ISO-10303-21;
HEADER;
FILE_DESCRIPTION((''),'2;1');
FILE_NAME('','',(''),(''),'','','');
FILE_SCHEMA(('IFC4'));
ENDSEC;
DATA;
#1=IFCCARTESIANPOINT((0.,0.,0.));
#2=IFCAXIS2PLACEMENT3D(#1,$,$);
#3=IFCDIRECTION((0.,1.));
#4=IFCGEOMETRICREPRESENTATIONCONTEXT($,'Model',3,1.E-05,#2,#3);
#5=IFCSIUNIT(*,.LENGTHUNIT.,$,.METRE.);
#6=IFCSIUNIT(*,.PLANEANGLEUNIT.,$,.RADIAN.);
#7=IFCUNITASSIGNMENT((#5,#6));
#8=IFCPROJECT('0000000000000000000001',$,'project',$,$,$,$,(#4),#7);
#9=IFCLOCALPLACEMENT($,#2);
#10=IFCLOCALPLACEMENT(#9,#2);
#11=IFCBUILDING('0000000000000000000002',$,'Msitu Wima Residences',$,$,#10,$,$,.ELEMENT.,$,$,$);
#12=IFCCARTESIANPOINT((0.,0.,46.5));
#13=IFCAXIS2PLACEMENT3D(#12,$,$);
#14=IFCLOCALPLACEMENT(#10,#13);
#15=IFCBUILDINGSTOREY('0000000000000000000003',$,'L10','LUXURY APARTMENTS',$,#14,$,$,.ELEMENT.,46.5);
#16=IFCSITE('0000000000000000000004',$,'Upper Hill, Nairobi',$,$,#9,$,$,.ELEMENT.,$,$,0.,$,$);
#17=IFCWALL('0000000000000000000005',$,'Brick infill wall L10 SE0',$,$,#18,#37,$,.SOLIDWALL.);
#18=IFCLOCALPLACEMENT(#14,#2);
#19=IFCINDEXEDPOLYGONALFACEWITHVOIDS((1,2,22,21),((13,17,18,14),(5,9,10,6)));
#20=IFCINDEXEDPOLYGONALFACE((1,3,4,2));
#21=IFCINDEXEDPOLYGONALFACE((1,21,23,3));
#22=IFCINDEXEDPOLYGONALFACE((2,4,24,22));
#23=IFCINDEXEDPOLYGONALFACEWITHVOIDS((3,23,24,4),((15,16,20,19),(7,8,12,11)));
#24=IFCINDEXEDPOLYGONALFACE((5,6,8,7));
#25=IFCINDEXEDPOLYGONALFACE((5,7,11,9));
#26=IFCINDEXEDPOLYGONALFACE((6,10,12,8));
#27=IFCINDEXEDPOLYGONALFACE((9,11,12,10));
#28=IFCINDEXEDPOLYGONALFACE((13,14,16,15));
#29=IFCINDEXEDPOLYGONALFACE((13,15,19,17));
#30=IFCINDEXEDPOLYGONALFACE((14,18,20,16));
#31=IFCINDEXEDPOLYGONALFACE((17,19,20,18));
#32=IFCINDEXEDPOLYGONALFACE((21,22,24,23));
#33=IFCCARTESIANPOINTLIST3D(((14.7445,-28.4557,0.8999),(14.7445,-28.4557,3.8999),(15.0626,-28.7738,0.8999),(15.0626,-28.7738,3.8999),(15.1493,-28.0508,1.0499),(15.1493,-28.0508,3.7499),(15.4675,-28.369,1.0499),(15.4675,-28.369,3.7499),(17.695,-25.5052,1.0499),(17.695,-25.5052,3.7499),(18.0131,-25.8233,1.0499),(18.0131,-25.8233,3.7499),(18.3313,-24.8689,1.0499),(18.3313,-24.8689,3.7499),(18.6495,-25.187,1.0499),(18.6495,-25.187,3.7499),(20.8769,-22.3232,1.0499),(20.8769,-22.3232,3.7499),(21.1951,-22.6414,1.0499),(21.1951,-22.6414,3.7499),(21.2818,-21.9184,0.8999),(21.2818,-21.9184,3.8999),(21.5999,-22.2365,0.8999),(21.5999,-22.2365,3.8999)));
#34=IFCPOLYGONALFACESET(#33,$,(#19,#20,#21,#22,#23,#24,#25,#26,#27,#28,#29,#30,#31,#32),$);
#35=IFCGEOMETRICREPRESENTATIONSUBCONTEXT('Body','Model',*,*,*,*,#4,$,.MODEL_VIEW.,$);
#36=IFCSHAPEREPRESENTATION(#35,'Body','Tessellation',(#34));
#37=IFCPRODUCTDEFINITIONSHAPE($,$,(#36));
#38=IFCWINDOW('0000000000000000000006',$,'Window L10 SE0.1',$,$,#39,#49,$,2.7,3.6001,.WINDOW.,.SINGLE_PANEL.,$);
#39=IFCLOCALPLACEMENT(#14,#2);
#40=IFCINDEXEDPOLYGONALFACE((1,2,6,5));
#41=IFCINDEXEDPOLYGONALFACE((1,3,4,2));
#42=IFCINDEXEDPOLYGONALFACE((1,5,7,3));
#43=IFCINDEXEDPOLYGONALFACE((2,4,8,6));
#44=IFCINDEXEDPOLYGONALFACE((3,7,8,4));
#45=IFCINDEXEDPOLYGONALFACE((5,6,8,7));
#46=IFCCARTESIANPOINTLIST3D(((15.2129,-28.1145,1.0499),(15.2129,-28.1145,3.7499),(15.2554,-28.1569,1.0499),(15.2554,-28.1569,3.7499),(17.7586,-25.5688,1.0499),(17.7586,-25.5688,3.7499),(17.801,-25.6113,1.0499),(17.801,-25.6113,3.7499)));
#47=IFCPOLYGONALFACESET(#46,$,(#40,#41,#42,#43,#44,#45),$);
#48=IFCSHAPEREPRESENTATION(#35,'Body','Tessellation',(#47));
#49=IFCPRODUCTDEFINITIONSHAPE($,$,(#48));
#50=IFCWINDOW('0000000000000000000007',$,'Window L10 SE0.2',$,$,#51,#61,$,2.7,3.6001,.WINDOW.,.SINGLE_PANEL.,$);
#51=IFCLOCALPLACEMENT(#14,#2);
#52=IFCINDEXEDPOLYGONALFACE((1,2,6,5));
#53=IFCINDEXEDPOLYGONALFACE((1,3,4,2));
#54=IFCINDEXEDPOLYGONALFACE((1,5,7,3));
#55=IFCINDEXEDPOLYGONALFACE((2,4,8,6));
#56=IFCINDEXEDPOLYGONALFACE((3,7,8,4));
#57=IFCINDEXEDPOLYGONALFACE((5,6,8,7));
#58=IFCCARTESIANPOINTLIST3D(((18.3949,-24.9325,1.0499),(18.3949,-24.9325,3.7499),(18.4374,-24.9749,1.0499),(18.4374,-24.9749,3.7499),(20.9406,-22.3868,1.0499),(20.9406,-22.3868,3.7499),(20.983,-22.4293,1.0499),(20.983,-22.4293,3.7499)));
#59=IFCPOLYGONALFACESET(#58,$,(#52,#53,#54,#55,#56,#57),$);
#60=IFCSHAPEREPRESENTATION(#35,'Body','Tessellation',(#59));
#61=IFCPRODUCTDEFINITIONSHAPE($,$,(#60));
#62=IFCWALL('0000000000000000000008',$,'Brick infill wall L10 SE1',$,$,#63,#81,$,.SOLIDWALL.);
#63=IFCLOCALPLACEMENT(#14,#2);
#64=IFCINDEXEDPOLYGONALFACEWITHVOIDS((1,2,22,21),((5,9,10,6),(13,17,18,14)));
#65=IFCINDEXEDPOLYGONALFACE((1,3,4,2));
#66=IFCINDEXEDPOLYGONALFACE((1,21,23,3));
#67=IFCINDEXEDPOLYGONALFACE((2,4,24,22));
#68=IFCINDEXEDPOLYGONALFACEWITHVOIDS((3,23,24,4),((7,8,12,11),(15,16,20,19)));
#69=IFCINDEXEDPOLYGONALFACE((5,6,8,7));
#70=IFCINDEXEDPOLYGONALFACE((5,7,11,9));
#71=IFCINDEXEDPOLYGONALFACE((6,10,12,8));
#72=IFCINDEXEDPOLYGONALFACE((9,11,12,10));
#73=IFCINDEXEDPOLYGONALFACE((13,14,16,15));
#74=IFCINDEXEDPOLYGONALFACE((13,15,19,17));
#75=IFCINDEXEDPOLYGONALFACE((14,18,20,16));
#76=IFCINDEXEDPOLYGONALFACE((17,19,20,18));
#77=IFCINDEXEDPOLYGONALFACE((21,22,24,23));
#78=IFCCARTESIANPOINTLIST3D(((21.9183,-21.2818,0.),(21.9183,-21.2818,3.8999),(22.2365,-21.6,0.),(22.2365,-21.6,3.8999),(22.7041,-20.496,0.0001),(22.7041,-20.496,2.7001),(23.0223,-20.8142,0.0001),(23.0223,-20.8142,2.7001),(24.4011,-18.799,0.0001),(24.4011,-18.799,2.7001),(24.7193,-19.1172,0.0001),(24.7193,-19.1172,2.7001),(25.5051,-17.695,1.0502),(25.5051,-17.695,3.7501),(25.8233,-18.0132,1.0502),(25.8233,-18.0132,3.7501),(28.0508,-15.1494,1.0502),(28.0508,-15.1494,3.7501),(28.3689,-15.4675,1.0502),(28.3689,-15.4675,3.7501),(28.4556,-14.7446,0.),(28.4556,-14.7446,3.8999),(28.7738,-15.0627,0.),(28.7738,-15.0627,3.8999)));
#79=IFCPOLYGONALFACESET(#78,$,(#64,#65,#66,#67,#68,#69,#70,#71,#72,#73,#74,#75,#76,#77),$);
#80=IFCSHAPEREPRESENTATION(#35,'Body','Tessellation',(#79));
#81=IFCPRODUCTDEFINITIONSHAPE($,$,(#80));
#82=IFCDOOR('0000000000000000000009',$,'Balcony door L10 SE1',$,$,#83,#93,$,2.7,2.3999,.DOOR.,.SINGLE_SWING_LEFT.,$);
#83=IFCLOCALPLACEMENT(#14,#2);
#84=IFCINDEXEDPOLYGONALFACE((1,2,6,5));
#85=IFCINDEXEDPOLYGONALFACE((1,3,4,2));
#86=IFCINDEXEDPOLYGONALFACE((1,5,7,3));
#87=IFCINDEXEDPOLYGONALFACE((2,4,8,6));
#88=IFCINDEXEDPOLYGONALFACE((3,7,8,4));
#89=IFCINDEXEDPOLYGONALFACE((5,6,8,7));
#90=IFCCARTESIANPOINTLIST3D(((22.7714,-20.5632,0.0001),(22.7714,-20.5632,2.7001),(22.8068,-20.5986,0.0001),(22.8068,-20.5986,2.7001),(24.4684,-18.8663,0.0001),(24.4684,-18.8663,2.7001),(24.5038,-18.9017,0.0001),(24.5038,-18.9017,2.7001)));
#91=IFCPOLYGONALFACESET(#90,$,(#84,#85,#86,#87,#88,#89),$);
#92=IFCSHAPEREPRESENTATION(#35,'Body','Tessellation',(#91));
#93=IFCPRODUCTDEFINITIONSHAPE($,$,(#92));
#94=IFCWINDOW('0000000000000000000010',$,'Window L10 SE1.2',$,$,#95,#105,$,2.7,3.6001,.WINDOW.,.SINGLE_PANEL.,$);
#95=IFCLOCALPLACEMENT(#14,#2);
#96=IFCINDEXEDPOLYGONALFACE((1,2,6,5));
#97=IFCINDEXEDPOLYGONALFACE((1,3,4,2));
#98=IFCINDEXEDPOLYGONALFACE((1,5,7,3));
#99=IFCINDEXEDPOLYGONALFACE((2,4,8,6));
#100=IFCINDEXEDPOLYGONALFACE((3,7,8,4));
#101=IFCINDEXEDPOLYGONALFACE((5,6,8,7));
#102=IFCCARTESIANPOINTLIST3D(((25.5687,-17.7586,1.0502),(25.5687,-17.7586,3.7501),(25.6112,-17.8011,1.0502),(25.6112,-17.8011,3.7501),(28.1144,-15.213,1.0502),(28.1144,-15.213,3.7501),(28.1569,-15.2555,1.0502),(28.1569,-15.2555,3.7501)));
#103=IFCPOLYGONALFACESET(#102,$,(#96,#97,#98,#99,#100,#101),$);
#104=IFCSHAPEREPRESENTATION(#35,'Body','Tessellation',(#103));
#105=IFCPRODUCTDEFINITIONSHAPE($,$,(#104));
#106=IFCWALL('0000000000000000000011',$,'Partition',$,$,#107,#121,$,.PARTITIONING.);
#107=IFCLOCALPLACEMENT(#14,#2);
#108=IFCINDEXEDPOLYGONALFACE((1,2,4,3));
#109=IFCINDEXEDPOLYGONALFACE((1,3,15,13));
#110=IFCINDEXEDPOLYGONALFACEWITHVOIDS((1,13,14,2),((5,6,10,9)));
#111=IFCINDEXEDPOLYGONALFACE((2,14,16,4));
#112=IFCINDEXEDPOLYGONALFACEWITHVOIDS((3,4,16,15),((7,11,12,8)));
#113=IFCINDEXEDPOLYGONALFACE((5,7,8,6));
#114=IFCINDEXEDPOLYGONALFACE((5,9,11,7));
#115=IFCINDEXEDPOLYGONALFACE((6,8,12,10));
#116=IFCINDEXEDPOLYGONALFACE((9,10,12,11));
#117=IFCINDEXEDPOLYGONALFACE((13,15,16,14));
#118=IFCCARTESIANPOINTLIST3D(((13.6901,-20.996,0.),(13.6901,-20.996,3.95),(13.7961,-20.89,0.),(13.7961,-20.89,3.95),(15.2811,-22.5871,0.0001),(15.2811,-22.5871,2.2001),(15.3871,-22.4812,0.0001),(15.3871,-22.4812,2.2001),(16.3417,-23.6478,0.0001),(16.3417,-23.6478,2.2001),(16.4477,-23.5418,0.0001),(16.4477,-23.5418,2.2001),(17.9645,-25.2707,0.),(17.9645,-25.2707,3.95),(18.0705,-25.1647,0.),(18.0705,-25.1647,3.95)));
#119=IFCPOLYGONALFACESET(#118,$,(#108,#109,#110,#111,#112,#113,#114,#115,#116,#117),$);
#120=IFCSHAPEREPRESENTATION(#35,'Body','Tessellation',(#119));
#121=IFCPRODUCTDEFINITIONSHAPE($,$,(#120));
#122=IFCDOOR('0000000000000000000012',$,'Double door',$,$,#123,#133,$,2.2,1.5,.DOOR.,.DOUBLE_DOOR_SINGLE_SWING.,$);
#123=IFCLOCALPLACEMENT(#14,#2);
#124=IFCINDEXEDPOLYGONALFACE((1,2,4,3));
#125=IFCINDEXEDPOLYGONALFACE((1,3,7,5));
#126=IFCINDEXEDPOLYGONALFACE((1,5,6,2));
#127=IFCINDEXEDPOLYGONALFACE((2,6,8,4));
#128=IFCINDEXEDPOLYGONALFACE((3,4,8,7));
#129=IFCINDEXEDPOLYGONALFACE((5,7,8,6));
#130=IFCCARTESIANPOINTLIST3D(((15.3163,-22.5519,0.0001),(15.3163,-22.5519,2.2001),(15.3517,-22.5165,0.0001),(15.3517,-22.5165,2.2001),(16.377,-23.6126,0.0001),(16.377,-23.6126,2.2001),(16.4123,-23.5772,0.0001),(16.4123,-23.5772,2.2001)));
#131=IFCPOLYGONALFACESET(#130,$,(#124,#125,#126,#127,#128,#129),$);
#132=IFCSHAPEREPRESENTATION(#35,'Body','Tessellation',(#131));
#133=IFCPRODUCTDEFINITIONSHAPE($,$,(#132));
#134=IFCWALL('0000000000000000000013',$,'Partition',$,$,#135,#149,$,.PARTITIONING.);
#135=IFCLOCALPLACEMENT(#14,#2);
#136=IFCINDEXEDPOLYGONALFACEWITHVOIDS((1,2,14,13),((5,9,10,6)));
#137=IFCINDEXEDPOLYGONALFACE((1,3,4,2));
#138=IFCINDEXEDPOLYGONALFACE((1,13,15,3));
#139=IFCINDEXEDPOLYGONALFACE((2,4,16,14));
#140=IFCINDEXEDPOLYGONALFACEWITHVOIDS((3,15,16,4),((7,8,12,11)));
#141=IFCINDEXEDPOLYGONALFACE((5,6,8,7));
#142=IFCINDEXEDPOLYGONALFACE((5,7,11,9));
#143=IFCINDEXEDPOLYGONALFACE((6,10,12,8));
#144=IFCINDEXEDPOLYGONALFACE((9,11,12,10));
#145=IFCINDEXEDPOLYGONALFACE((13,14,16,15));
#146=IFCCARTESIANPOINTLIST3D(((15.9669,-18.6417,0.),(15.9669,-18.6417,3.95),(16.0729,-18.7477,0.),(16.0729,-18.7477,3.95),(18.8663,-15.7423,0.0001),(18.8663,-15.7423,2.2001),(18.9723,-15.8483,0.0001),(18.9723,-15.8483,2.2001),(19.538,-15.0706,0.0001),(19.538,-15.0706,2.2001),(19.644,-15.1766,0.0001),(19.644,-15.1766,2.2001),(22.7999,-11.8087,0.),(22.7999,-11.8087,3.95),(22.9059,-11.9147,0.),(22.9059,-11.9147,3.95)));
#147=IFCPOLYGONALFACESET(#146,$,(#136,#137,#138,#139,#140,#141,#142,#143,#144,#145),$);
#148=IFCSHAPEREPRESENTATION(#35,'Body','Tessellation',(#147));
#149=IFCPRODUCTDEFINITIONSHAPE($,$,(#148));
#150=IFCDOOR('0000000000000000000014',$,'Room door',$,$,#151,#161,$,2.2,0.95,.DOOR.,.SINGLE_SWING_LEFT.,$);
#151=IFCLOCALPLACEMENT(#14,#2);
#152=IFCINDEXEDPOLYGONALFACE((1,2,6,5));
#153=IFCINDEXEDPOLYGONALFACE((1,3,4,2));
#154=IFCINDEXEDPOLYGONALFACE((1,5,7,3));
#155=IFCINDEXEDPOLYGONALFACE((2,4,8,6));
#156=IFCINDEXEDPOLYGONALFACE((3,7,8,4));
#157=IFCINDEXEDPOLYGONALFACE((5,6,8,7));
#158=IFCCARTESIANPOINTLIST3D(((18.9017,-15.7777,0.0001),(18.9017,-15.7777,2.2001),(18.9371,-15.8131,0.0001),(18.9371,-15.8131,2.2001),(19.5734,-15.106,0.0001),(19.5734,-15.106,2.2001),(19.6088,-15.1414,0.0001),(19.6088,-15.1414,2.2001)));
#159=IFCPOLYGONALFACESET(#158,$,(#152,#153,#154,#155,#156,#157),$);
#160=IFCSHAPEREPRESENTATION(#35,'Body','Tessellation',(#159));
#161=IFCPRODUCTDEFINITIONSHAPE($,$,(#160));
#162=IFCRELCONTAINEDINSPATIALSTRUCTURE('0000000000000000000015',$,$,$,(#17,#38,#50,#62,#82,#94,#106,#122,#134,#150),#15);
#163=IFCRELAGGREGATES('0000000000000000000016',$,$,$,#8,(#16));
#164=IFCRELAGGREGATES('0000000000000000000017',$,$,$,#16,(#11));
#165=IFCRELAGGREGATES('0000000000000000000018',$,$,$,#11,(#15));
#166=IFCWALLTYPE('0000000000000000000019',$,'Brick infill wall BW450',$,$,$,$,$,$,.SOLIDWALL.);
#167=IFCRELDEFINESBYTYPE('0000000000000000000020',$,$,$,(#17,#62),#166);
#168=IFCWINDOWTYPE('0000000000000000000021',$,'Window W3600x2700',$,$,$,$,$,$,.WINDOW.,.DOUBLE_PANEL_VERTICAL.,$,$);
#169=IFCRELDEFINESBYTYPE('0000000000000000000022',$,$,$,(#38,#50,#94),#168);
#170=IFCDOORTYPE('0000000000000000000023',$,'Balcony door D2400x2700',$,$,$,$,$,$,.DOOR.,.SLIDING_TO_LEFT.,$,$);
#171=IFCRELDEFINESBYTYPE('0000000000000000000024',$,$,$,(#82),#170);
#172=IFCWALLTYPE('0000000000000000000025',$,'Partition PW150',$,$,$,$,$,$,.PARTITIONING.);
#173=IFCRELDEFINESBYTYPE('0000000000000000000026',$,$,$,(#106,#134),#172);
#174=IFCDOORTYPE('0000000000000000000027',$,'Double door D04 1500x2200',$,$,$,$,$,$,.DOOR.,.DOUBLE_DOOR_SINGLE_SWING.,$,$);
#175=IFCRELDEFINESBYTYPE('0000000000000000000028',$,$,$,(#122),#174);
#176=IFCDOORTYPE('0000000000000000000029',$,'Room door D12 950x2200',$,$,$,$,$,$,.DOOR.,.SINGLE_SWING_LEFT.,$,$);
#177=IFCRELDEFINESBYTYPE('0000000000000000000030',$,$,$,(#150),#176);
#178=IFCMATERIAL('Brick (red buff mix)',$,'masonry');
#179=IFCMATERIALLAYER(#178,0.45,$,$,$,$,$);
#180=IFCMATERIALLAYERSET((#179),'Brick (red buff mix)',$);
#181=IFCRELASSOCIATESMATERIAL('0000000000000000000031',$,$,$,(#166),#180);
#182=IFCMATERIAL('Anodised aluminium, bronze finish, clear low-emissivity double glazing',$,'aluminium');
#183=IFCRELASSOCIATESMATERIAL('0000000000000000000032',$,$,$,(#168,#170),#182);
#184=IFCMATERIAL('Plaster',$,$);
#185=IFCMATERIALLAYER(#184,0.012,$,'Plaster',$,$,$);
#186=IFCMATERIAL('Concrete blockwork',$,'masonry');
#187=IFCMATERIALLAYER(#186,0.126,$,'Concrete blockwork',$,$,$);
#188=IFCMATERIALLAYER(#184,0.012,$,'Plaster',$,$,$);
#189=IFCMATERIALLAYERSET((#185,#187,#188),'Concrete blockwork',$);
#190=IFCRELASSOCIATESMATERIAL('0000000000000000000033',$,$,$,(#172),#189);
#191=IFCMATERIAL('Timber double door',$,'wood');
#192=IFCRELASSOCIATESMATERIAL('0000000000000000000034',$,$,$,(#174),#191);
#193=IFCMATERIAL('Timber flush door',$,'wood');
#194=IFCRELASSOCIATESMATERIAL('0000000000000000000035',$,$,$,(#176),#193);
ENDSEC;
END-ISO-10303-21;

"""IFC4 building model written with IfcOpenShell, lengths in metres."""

from ifc_helpers import new_model, si_unit, direction, frame, frame_2d, origin, place, context, subcontext, project, spatial, rectangle, extrude, material, layer, layer_set, type_object, element, fill, save


model = new_model("IFC4")

# Units and contexts
model_context = context("Model", 3, precision=1e-05, world=origin(), true_north=direction((0.0, 1.0)))
body_context = subcontext(model_context, "Body", "Model", "MODEL_VIEW")
ifc_project = project(units=[si_unit("LENGTHUNIT", "METRE"), si_unit("PLANEANGLEUNIT", "RADIAN")], contexts=[model_context])

# Site, building, storey
site_placement = place(None, origin())
site = spatial("IfcSite", under=ifc_project, at=site_placement, Name="Upper Hill, Nairobi", CompositionType="ELEMENT", RefElevation=0.0)
building_placement = place(site_placement, origin())
building = spatial("IfcBuilding", under=site, at=building_placement, Name="Msitu Wima Residences", CompositionType="ELEMENT")
storey_placement = place(building_placement, frame((0.0, 0.0, 46.5)))
storey = spatial("IfcBuildingStorey", under=building, at=storey_placement, Name="L10", Description="LUXURY APARTMENTS", CompositionType="ELEMENT", Elevation=46.5)

# Wall, openings, windows
ifc_material_1 = material(Name="Brick (red buff mix)", Category="masonry")
ifc_layer_1 = layer(ifc_material_1, 0.45)
ifc_layer_set_1 = layer_set([ifc_layer_1], Name="Brick (red buff mix)")
wall_type_1 = type_object("IfcWallType", Name="Brick infill wall BW450", PredefinedType="SOLIDWALL", material=ifc_layer_set_1)
wall_1_placement = place(storey_placement, frame((14.9036, -28.6147, 0.8999), z_axis=(0.0, 0.0, 1.0), x_axis=(0.707107, 0.707107, 0.0)))
wall_1 = element("IfcWall", 1, at=wall_1_placement, inside=storey, type_object=wall_type_1, Name="Brick infill wall L10 SE0", PredefinedType="SOLIDWALL", context=body_context, shape_type="SweptSolid", body=[
    extrude(rectangle(XDim=9.2451, YDim=0.45, at=frame_2d((4.6226, 0.0))), origin(), (0.0, 0.0, 1.0), 3.0),
])
opening_1_placement = place(wall_1_placement, frame((0.5725, 0.0, 0.1499)))
opening_1 = element("IfcOpeningElement", 2, at=opening_1_placement, cuts=wall_1, PredefinedType="OPENING", context=body_context, shape_type="SweptSolid", body=[
    extrude(rectangle(XDim=3.6001, YDim=2.7, at=frame_2d((1.8, 1.3501))), frame((0.0, 0.2349, 0.0), z_axis=(0.0, -1.0, 0.0), x_axis=(1.0, 0.0, 0.0)), (0.0, 0.0, 1.0), 0.47),
])
opening_2_placement = place(wall_1_placement, frame((5.0725, 0.0, 0.1499)))
opening_2 = element("IfcOpeningElement", 3, at=opening_2_placement, cuts=wall_1, PredefinedType="OPENING", context=body_context, shape_type="SweptSolid", body=[
    extrude(rectangle(XDim=3.6001, YDim=2.7, at=frame_2d((1.8, 1.3501))), frame((0.0, 0.2349, 0.0), z_axis=(0.0, -1.0, 0.0), x_axis=(1.0, 0.0, 0.0)), (0.0, 0.0, 1.0), 0.47),
])
ifc_material_2 = material(Name="Anodised aluminium, bronze finish, clear low-emissivity double glazing", Category="aluminium")
window_type = type_object("IfcWindowType", Name="Window W3600x2700", PartitioningType="DOUBLE_PANEL_VERTICAL", PredefinedType="WINDOW", material=ifc_material_2)
window_1_placement = place(opening_1_placement, origin())
window_1 = element("IfcWindow", 4, at=window_1_placement, inside=storey, type_object=window_type, Name="Window L10 SE0.1", OverallHeight=2.7, OverallWidth=3.6001, PartitioningType="SINGLE_PANEL", PredefinedType="WINDOW", context=body_context, shape_type="SweptSolid", body=[
    extrude(rectangle(XDim=3.6001, YDim=2.7, at=frame_2d((1.8, 1.3501))), frame((0.0, 0.135, 0.0), z_axis=(0.0, -1.0, 0.0), x_axis=(1.0, 0.0, 0.0)), (0.0, 0.0, 1.0), 0.0601),
])
fill(opening_1, window_1)
window_2_placement = place(opening_2_placement, origin())
window_2 = element("IfcWindow", 5, at=window_2_placement, inside=storey, type_object=window_type, Name="Window L10 SE0.2", OverallHeight=2.7, OverallWidth=3.6001, PartitioningType="SINGLE_PANEL", PredefinedType="WINDOW", context=body_context, shape_type="SweptSolid", body=[
    extrude(rectangle(XDim=3.6001, YDim=2.7, at=frame_2d((1.8, 1.3501))), frame((0.0, 0.135, 0.0), z_axis=(0.0, -1.0, 0.0), x_axis=(1.0, 0.0, 0.0)), (0.0, 0.0, 1.0), 0.0601),
])
fill(opening_2, window_2)

# Wall, openings, door, window
wall_2_placement = place(storey_placement, frame((22.0774, -21.4409, 0.0), z_axis=(0.0, 0.0, 1.0), x_axis=(0.707107, 0.707107, 0.0)))
wall_2 = element("IfcWall", 6, at=wall_2_placement, inside=storey, type_object=wall_type_1, Name="Brick infill wall L10 SE1", PredefinedType="SOLIDWALL", context=body_context, shape_type="SweptSolid", body=[
    extrude(rectangle(XDim=9.2451, YDim=0.45, at=frame_2d((4.6226, 0.0))), origin(), (0.0, 0.0, 1.0), 3.8999),
])
opening_3_placement = place(wall_2_placement, frame((1.1113, 0.0, 0.0)))
opening_3 = element("IfcOpeningElement", 7, at=opening_3_placement, cuts=wall_2, PredefinedType="OPENING", context=body_context, shape_type="SweptSolid", body=[
    extrude(rectangle(XDim=2.3999, YDim=2.7, at=frame_2d((1.2, 1.3501))), frame((0.0, 0.2349, 0.0), z_axis=(0.0, -1.0, 0.0), x_axis=(1.0, 0.0, 0.0)), (0.0, 0.0, 1.0), 0.47),
])
opening_4_placement = place(wall_2_placement, frame((5.0725, 0.0, 1.05)))
opening_4 = element("IfcOpeningElement", 8, at=opening_4_placement, cuts=wall_2, PredefinedType="OPENING", context=body_context, shape_type="SweptSolid", body=[
    extrude(rectangle(XDim=3.6001, YDim=2.7, at=frame_2d((1.8, 1.3501))), frame((0.0, 0.2349, 0.0), z_axis=(0.0, -1.0, 0.0), x_axis=(1.0, 0.0, 0.0)), (0.0, 0.0, 1.0), 0.47),
])
door_type_1 = type_object("IfcDoorType", Name="Balcony door D2400x2700", OperationType="SLIDING_TO_LEFT", PredefinedType="DOOR", material=ifc_material_2)
door_1_placement = place(opening_3_placement, origin())
door_1 = element("IfcDoor", 9, at=door_1_placement, inside=storey, type_object=door_type_1, Name="Balcony door L10 SE1", OperationType="SINGLE_SWING_LEFT", OverallHeight=2.7, OverallWidth=2.3999, PredefinedType="DOOR", context=body_context, shape_type="SweptSolid", body=[
    extrude(rectangle(XDim=2.3999, YDim=2.7, at=frame_2d((1.2, 1.3501))), frame((0.0, 0.1299, 0.0), z_axis=(0.0, -1.0, 0.0), x_axis=(1.0, 0.0, 0.0)), (0.0, 0.0, 1.0), 0.05),
])
fill(opening_3, door_1)
window_3_placement = place(opening_4_placement, origin())
window_3 = element("IfcWindow", 10, at=window_3_placement, inside=storey, type_object=window_type, Name="Window L10 SE1.2", OverallHeight=2.7, OverallWidth=3.6001, PartitioningType="SINGLE_PANEL", PredefinedType="WINDOW", context=body_context, shape_type="SweptSolid", body=[
    extrude(rectangle(XDim=3.6001, YDim=2.7, at=frame_2d((1.8, 1.3501))), frame((0.0, 0.135, 0.0), z_axis=(0.0, -1.0, 0.0), x_axis=(1.0, 0.0, 0.0)), (0.0, 0.0, 1.0), 0.0601),
])
fill(opening_4, window_3)

# Walls, openings, doors
ifc_material_3 = material(Name="Plaster")
ifc_layer_2 = layer(ifc_material_3, 0.012, Name="Plaster")
ifc_material_4 = material(Name="Concrete blockwork", Category="masonry")
ifc_layer_3 = layer(ifc_material_4, 0.126, Name="Concrete blockwork")
ifc_layer_4 = layer(ifc_material_3, 0.012, Name="Plaster")
ifc_layer_set_2 = layer_set([ifc_layer_2, ifc_layer_3, ifc_layer_4], Name="Concrete blockwork")
wall_type_2 = type_object("IfcWallType", Name="Partition PW150", PredefinedType="PARTITIONING", material=ifc_layer_set_2)
wall_3_placement = place(storey_placement, frame((13.7432, -20.9431, 0.0), z_axis=(0.0, 0.0, 1.0), x_axis=(0.707087, -0.707127, 0.0)))
wall_3 = element("IfcWall", 11, at=wall_3_placement, inside=storey, type_object=wall_type_2, Name="Partition", PredefinedType="PARTITIONING", context=body_context, shape_type="SweptSolid", body=[
    extrude(rectangle(XDim=6.0452, YDim=0.1499, at=frame_2d((3.0225, 0.0))), origin(), (0.0, 0.0, 1.0), 3.95),
])
opening_5_placement = place(wall_3_placement, frame((2.25, 0.0, 0.0)))
opening_5 = element("IfcOpeningElement", 12, at=opening_5_placement, cuts=wall_3, PredefinedType="OPENING", context=body_context, shape_type="SweptSolid", body=[
    extrude(rectangle(XDim=1.5, YDim=2.2, at=frame_2d((0.75, 1.1001))), frame((0.0, 0.085, 0.0), z_axis=(0.0, -1.0, 0.0), x_axis=(1.0, 0.0, 0.0)), (0.0, 0.0, 1.0), 0.1699),
])
ifc_material_5 = material(Name="Timber double door", Category="wood")
door_type_2 = type_object("IfcDoorType", Name="Double door D04 1500x2200", OperationType="DOUBLE_DOOR_SINGLE_SWING", PredefinedType="DOOR", material=ifc_material_5)
door_2_placement = place(opening_5_placement, origin())
door_2 = element("IfcDoor", 13, at=door_2_placement, inside=storey, type_object=door_type_2, Name="Double door", OperationType="DOUBLE_DOOR_SINGLE_SWING", OverallHeight=2.2, OverallWidth=1.5, PredefinedType="DOOR", context=body_context, shape_type="SweptSolid", body=[
    extrude(rectangle(XDim=1.5, YDim=2.2, at=frame_2d((0.75, 1.1001))), frame((0.0, 0.0249, 0.0), z_axis=(0.0, -1.0, 0.0), x_axis=(1.0, 0.0, 0.0)), (0.0, 0.0, 1.0), 0.05),
])
fill(opening_5, door_2)
wall_4_placement = place(storey_placement, frame((16.02, -18.6946, 0.0), z_axis=(0.0, 0.0, 1.0), x_axis=(0.707107, 0.707107, 0.0)))
wall_4 = element("IfcWall", 14, at=wall_4_placement, inside=storey, type_object=wall_type_2, Name="Partition", PredefinedType="PARTITIONING", context=body_context, shape_type="SweptSolid", body=[
    extrude(rectangle(XDim=9.6633, YDim=0.1499, at=frame_2d((4.8315, 0.0))), origin(), (0.0, 0.0, 1.0), 3.95),
])
opening_6_placement = place(wall_4_placement, frame((4.1001, 0.0, 0.0)))
opening_6 = element("IfcOpeningElement", 15, at=opening_6_placement, cuts=wall_4, PredefinedType="OPENING", context=body_context, shape_type="SweptSolid", body=[
    extrude(rectangle(XDim=0.95, YDim=2.2, at=frame_2d((0.4751, 1.1001))), frame((0.0, 0.085, 0.0), z_axis=(0.0, -1.0, 0.0), x_axis=(1.0, 0.0, 0.0)), (0.0, 0.0, 1.0), 0.1699),
])
ifc_material_6 = material(Name="Timber flush door", Category="wood")
door_type_3 = type_object("IfcDoorType", Name="Room door D12 950x2200", OperationType="SINGLE_SWING_LEFT", PredefinedType="DOOR", material=ifc_material_6)
door_3_placement = place(opening_6_placement, origin())
door_3 = element("IfcDoor", 16, at=door_3_placement, inside=storey, type_object=door_type_3, Name="Room door", OperationType="SINGLE_SWING_LEFT", OverallHeight=2.2, OverallWidth=0.95, PredefinedType="DOOR", context=body_context, shape_type="SweptSolid", body=[
    extrude(rectangle(XDim=0.95, YDim=2.2, at=frame_2d((0.4751, 1.1001))), frame((0.0, 0.0249, 0.0), z_axis=(0.0, -1.0, 0.0), x_axis=(1.0, 0.0, 0.0)), (0.0, 0.0, 1.0), 0.05),
])
fill(opening_6, door_3)

save(model, "model.ifc")
